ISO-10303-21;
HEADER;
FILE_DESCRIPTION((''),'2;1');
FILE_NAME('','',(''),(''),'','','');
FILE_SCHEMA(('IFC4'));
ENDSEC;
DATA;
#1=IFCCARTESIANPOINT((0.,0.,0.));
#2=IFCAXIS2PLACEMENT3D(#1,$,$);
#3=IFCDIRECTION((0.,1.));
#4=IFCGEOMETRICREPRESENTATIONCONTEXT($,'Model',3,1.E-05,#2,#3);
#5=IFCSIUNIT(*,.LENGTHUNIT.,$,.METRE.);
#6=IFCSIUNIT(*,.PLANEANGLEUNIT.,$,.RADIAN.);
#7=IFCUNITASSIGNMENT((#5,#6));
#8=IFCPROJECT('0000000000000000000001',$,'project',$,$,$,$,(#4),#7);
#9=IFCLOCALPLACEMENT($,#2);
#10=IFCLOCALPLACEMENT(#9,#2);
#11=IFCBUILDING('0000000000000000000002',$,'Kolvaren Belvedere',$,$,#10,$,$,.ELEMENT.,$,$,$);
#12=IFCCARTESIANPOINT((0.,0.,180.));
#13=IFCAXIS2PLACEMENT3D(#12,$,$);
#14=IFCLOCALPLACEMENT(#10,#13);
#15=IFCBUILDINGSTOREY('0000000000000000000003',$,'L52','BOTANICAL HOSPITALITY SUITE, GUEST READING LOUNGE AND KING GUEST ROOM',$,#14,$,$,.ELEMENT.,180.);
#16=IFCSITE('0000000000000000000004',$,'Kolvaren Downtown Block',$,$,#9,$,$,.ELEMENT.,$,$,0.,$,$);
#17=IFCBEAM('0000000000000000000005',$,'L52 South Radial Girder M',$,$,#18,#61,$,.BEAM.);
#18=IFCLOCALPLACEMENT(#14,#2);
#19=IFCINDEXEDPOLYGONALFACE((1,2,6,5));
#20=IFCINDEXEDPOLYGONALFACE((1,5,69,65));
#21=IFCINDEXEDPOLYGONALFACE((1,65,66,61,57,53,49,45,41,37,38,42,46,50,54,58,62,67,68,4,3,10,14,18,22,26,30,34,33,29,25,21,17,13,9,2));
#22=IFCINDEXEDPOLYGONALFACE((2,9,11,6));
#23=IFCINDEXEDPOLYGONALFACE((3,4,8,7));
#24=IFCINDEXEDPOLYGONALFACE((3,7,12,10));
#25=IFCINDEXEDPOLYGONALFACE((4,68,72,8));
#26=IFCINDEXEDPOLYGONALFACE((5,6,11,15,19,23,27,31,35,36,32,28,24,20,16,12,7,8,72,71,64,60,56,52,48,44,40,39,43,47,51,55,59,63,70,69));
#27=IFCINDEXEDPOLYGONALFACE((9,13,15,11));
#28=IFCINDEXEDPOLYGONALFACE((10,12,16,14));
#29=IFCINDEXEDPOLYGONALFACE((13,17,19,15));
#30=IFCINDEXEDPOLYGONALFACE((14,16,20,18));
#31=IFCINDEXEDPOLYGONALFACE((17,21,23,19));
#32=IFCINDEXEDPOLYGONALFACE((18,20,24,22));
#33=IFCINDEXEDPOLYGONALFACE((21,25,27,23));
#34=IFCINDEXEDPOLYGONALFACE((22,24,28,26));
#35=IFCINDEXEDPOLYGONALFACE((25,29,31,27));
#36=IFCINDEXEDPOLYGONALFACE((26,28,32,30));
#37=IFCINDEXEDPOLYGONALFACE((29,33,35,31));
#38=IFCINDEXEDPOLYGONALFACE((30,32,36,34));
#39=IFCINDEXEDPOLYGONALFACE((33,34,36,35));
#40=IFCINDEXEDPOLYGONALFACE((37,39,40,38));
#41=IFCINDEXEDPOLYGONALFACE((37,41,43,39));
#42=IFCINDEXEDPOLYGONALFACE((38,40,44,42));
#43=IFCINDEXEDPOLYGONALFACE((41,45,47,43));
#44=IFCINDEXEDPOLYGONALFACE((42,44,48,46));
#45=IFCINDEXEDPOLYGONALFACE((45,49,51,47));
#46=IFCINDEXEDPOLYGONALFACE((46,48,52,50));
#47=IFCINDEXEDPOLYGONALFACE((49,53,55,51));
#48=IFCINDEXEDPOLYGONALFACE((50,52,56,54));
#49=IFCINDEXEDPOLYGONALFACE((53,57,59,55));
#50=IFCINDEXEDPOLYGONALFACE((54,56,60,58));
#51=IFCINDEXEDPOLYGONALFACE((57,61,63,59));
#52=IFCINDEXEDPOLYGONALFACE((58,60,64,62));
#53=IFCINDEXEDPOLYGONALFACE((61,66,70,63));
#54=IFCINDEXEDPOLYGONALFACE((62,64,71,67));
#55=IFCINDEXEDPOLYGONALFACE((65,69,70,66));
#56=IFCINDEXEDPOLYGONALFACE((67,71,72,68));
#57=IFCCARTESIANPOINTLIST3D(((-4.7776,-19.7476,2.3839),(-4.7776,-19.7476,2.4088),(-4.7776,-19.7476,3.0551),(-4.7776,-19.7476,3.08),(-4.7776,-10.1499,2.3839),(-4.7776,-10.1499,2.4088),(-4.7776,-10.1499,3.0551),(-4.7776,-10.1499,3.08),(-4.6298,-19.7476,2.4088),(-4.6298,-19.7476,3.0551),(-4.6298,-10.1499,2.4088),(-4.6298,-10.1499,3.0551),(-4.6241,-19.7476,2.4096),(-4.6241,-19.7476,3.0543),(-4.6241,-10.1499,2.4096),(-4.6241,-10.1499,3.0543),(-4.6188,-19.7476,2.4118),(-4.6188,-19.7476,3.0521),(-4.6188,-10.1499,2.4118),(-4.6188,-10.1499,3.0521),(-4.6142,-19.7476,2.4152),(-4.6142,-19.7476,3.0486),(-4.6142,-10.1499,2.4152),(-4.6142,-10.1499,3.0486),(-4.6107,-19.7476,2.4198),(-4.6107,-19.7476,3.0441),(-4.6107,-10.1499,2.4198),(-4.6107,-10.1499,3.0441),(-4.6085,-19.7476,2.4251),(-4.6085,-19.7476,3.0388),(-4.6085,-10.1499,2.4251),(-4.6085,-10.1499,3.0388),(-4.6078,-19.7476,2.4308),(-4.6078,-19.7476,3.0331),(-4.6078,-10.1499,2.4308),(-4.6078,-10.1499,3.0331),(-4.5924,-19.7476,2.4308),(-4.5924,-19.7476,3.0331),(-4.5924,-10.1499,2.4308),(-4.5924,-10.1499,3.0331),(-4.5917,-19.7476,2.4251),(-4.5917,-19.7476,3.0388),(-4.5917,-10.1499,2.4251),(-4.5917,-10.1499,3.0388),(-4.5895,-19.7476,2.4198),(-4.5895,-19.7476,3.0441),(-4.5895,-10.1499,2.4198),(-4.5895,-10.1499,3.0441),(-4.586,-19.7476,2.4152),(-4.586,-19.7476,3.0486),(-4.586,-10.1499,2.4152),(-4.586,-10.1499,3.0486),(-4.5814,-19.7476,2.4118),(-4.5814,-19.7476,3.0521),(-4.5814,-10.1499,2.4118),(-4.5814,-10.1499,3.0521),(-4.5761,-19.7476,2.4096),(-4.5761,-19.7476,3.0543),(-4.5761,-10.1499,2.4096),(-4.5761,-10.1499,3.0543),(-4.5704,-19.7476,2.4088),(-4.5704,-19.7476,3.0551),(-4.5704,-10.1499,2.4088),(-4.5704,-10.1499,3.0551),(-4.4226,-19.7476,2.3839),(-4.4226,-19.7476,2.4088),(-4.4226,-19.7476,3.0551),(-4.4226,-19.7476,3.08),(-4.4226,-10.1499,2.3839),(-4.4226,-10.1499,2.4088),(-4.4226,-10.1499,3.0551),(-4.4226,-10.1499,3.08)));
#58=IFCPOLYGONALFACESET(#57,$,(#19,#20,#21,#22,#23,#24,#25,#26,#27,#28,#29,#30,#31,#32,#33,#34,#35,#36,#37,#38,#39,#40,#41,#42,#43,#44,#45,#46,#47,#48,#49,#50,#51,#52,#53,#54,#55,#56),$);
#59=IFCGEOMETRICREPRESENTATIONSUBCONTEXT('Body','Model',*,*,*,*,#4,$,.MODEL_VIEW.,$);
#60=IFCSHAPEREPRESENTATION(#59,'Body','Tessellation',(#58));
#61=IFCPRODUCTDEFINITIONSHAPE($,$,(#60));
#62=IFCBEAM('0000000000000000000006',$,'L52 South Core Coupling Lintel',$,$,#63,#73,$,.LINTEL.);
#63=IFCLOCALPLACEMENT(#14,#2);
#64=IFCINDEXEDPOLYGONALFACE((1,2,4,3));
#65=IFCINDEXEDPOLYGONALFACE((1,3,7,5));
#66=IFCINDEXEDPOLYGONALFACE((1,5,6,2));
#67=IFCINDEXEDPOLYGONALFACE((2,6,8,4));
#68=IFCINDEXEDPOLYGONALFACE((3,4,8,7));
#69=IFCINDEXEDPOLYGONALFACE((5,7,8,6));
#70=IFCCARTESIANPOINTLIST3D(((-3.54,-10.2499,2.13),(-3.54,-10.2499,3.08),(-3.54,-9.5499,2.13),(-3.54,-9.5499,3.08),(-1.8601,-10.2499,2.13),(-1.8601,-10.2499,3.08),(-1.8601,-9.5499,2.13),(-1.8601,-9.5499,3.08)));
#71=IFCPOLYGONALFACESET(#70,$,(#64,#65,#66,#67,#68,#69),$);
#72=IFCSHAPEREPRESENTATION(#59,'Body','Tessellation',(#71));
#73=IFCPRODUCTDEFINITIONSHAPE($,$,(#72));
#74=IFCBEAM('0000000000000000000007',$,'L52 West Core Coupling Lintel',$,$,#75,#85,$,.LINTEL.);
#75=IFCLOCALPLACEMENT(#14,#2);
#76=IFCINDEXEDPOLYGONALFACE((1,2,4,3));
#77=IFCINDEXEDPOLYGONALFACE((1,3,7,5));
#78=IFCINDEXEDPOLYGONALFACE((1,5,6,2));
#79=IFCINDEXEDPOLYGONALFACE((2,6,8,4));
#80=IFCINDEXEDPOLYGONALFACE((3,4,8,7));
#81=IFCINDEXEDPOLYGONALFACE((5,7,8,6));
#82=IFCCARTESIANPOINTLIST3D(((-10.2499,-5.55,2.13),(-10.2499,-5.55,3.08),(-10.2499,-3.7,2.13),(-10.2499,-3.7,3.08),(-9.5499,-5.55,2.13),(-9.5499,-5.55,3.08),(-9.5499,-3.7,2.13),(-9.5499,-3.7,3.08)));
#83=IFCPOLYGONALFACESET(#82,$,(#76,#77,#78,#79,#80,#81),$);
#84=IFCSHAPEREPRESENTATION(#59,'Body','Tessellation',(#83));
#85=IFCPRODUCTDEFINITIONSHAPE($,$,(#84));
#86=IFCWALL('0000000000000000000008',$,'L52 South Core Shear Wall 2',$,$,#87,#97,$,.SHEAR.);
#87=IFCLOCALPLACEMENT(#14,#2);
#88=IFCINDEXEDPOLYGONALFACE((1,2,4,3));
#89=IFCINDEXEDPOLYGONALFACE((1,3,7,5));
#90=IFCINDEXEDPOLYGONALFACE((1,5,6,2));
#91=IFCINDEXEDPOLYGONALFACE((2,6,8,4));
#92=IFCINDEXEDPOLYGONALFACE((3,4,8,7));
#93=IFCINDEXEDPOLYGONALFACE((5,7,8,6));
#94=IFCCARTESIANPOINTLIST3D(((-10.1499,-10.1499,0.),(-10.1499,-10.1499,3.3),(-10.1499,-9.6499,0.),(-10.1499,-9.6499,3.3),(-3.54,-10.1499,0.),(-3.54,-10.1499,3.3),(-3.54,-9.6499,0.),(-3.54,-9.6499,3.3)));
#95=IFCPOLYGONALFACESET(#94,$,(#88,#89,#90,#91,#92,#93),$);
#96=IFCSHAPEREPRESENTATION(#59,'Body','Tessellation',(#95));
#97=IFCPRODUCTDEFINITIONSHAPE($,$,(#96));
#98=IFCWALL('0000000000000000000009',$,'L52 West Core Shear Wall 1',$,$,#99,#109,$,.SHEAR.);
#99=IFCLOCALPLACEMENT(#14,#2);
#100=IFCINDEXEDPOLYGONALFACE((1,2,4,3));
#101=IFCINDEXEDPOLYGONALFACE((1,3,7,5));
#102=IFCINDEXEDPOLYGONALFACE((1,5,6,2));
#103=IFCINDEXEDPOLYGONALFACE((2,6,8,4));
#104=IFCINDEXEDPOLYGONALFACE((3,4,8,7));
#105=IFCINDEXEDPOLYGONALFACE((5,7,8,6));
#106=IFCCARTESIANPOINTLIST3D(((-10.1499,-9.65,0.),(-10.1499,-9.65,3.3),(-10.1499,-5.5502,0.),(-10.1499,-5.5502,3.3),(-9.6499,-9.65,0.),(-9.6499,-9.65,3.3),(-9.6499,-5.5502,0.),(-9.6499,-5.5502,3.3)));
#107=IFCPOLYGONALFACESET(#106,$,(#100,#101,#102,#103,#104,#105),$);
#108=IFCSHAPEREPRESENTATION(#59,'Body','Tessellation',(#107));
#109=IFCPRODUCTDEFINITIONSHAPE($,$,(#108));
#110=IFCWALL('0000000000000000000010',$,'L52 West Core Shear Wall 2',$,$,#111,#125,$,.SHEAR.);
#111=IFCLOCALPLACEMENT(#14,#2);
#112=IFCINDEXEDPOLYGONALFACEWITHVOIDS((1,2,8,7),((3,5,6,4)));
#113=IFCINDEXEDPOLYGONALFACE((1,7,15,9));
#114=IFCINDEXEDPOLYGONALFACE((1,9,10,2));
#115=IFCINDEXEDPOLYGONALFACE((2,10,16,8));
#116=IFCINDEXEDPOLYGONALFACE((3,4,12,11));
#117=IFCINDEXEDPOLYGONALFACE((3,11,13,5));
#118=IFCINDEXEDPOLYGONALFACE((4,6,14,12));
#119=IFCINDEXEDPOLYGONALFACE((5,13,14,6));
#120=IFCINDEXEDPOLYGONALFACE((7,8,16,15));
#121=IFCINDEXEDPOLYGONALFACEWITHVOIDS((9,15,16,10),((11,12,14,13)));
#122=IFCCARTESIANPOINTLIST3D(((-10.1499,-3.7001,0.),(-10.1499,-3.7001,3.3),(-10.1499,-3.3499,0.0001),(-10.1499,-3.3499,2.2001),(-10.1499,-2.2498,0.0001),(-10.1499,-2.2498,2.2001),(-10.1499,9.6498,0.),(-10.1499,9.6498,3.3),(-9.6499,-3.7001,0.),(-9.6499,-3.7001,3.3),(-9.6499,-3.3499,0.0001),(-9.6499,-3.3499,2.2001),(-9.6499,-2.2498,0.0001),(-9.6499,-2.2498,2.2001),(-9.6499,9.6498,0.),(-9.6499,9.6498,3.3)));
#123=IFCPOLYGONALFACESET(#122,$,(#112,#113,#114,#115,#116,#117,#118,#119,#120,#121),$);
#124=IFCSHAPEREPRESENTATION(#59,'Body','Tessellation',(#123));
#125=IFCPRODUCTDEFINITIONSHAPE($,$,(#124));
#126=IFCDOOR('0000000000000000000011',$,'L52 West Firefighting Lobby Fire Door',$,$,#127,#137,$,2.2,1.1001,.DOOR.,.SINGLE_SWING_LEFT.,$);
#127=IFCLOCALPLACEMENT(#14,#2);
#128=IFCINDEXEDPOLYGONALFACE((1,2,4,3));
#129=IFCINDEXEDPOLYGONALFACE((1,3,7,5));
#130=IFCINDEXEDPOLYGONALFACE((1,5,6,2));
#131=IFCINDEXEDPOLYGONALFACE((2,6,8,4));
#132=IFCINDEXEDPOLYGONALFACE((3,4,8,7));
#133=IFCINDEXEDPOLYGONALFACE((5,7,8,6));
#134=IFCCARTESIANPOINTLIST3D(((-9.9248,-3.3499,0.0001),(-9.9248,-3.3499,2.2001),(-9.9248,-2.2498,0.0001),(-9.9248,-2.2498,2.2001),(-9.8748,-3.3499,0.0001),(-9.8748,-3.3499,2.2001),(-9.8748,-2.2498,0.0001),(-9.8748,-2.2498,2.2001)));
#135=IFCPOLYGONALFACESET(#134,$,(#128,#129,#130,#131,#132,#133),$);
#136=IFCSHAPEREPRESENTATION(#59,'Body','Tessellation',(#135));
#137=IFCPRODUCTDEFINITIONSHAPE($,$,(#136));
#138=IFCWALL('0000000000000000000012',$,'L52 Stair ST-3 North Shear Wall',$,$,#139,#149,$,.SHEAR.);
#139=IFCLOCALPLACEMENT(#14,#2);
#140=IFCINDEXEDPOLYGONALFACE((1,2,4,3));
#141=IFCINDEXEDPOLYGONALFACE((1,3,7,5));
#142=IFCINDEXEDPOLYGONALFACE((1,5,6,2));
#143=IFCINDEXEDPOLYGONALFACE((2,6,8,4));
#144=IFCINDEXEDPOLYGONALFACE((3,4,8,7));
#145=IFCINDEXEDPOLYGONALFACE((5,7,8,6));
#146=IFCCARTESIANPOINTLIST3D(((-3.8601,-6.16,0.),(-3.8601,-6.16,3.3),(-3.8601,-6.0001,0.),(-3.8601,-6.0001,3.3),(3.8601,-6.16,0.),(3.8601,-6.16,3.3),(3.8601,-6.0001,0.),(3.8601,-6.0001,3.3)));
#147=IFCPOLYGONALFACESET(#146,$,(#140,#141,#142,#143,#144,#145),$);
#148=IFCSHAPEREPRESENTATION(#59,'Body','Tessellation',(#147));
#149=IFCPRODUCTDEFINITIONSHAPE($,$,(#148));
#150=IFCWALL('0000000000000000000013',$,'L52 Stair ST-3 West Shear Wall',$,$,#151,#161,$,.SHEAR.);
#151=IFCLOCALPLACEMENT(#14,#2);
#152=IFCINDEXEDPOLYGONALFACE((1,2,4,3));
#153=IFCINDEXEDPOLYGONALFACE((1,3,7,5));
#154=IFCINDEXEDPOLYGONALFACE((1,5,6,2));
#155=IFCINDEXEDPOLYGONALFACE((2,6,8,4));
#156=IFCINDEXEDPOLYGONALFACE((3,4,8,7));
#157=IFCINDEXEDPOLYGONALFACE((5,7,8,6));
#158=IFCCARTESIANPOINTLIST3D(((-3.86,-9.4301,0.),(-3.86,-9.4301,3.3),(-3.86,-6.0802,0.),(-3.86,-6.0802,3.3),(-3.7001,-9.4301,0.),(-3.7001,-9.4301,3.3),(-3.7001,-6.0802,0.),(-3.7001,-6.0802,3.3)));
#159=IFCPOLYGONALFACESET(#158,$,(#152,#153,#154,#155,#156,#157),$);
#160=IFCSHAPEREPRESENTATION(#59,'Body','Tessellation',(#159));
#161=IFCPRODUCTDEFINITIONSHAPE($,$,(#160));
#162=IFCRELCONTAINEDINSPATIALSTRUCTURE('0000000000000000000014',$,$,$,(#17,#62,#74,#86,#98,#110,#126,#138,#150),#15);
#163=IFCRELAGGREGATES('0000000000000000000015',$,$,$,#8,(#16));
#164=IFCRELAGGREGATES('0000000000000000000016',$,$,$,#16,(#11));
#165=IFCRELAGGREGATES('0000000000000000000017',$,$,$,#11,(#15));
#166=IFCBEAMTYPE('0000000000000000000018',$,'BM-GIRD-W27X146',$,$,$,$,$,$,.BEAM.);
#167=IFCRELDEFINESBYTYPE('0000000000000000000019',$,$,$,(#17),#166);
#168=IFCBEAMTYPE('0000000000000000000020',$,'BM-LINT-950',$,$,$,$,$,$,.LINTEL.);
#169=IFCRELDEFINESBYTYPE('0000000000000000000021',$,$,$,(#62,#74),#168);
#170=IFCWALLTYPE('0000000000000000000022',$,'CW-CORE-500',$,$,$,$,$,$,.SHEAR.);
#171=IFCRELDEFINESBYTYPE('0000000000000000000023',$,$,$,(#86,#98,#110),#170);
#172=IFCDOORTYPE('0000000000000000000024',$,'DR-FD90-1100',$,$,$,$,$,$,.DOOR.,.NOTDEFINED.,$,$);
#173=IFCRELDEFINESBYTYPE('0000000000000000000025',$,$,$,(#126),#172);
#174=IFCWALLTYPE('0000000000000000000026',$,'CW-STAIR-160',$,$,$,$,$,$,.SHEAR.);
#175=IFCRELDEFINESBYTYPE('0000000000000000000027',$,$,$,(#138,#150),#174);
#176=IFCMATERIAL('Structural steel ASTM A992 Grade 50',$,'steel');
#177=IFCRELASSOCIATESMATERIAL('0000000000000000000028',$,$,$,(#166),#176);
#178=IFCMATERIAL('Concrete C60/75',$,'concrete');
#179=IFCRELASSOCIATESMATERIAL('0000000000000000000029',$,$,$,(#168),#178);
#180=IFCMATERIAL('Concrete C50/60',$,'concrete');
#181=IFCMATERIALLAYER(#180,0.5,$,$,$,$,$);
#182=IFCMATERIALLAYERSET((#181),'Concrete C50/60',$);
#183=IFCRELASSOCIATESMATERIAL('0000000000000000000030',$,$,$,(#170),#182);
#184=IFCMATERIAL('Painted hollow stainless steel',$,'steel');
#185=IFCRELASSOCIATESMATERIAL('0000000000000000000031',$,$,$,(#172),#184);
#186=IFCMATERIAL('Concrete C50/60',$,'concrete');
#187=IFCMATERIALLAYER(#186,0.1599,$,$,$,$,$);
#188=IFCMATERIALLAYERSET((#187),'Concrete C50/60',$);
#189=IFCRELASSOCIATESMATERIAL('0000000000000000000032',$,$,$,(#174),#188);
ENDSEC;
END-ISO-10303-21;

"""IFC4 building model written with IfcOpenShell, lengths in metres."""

from ifc_helpers import new_model, si_unit, direction, frame, frame_2d, origin, origin_2d, place, context, subcontext, project, spatial, rectangle, i_section, extrude, material, layer, layer_set, material_profile, profile_set, type_object, element, fill, save


model = new_model("IFC4")

# Units and contexts
model_context = context("Model", 3, precision=1e-05, world=origin(), true_north=direction((0.0, 1.0)))
body_context = subcontext(model_context, "Body", "Model", "MODEL_VIEW")
ifc_project = project(units=[si_unit("LENGTHUNIT", "METRE"), si_unit("PLANEANGLEUNIT", "RADIAN")], contexts=[model_context])

# Site, building, storey
site_placement = place(None, origin())
site = spatial("IfcSite", under=ifc_project, at=site_placement, Name="Kolvaren Downtown Block", CompositionType="ELEMENT", RefElevation=0.0)
building_placement = place(site_placement, origin())
building = spatial("IfcBuilding", under=site, at=building_placement, Name="Kolvaren Belvedere", CompositionType="ELEMENT")
storey_placement = place(building_placement, frame((0.0, 0.0, 180.0)))
storey = spatial("IfcBuildingStorey", under=building, at=storey_placement, Name="L52", Description="BOTANICAL HOSPITALITY SUITE, GUEST READING LOUNGE AND KING GUEST ROOM", CompositionType="ELEMENT", Elevation=180.0)

# Beams
ifc_material_1 = material(Name="Structural steel ASTM A992 Grade 50", Category="steel")
ifc_material_profile_1 = material_profile(ifc_material_1, i_section(OverallWidth=0.355, OverallDepth=0.696, WebThickness=0.0154, FlangeThickness=0.0249, FilletRadius=0.022, at=origin_2d()), Name="W27X146")
ifc_profile_set_1 = profile_set([ifc_material_profile_1], Name="Structural steel ASTM A992 Grade 50")
beam_type_1 = type_object("IfcBeamType", Name="BM-GIRD-W27X146", PredefinedType="BEAM", material=ifc_profile_set_1)
beam_1_placement = place(storey_placement, frame((-4.6001, -10.1499, 2.7319), z_axis=(0.0, -1.0, 0.0), x_axis=(1.0, 0.0, 0.0)))
element("IfcBeam", 1, at=beam_1_placement, inside=storey, type_object=beam_type_1, Name="L52 South Radial Girder M", PredefinedType="BEAM", context=body_context, shape_type="SweptSolid", body=[
    extrude(i_section(OverallWidth=0.355, OverallDepth=0.696, WebThickness=0.0154, FlangeThickness=0.0249, FilletRadius=0.022, at=origin_2d()), origin(), (0.0, 0.0, 1.0), 9.5977),
])
ifc_material_2 = material(Name="Concrete C60/75", Category="concrete")
ifc_material_profile_2 = material_profile(ifc_material_2, rectangle(XDim=0.7, YDim=0.95, at=origin_2d()), Name="RC 700X950")
ifc_profile_set_2 = profile_set([ifc_material_profile_2], Name="Concrete C60/75")
beam_type_2 = type_object("IfcBeamType", Name="BM-LINT-950", PredefinedType="LINTEL", material=ifc_profile_set_2)
beam_2_placement = place(storey_placement, frame((-3.54, -9.8999, 2.605), z_axis=(1.0, 0.0, 0.0), x_axis=(0.0, 1.0, 0.0)))
element("IfcBeam", 2, at=beam_2_placement, inside=storey, type_object=beam_type_2, Name="L52 South Core Coupling Lintel", PredefinedType="LINTEL", context=body_context, shape_type="SweptSolid", body=[
    extrude(rectangle(XDim=0.7, YDim=0.95, at=origin_2d()), origin(), (0.0, 0.0, 1.0), 1.6799),
])
beam_3_placement = place(storey_placement, frame((-9.8999, -5.55, 2.605), z_axis=(0.0, 1.0, 0.0), x_axis=(-1.0, 0.0, 0.0)))
element("IfcBeam", 3, at=beam_3_placement, inside=storey, type_object=beam_type_2, Name="L52 West Core Coupling Lintel", PredefinedType="LINTEL", context=body_context, shape_type="SweptSolid", body=[
    extrude(rectangle(XDim=0.7, YDim=0.95, at=origin_2d()), origin(), (0.0, 0.0, 1.0), 1.8501),
])

# Walls
ifc_material_3 = material(Name="Concrete C50/60", Category="concrete")
ifc_layer_1 = layer(ifc_material_3, 0.5)
ifc_layer_set_1 = layer_set([ifc_layer_1], Name="Concrete C50/60")
wall_type_1 = type_object("IfcWallType", Name="CW-CORE-500", PredefinedType="SHEAR", material=ifc_layer_set_1)
wall_1_placement = place(storey_placement, frame((-3.54, -9.8999, 0.0), z_axis=(0.0, 0.0, 1.0), x_axis=(-1.0, 0.0, 0.0)))
element("IfcWall", 4, at=wall_1_placement, inside=storey, type_object=wall_type_1, Name="L52 South Core Shear Wall 2", PredefinedType="SHEAR", context=body_context, shape_type="SweptSolid", body=[
    extrude(rectangle(XDim=6.6099, YDim=0.5, at=frame_2d((3.3049, 0.0))), origin(), (0.0, 0.0, 1.0), 3.3),
])
wall_2_placement = place(storey_placement, frame((-9.8999, -9.6499, 0.0), z_axis=(0.0, 0.0, 1.0), x_axis=(0.0, 1.0, 0.0)))
element("IfcWall", 5, at=wall_2_placement, inside=storey, type_object=wall_type_1, Name="L52 West Core Shear Wall 1", PredefinedType="SHEAR", context=body_context, shape_type="SweptSolid", body=[
    extrude(rectangle(XDim=4.0999, YDim=0.5, at=frame_2d((2.0498, 0.0))), origin(), (0.0, 0.0, 1.0), 3.3),
])

# Wall, opening, door
wall_3_placement = place(storey_placement, frame((-9.8999, -3.7, 0.0), z_axis=(0.0, 0.0, 1.0), x_axis=(0.0, 1.0, 0.0)))
wall_3 = element("IfcWall", 6, at=wall_3_placement, inside=storey, type_object=wall_type_1, Name="L52 West Core Shear Wall 2", PredefinedType="SHEAR", context=body_context, shape_type="SweptSolid", body=[
    extrude(rectangle(XDim=13.3499, YDim=0.5, at=frame_2d((6.6748, 0.0))), origin(), (0.0, 0.0, 1.0), 3.3),
])
opening_1_placement = place(wall_3_placement, frame((0.3501, 0.0, 0.0)))
opening_1 = element("IfcOpeningElement", 7, at=opening_1_placement, cuts=wall_3, PredefinedType="OPENING", context=body_context, shape_type="SweptSolid", body=[
    extrude(rectangle(XDim=1.1001, YDim=2.2, at=frame_2d((0.55, 1.1001))), frame((0.0, 0.26, 0.0), z_axis=(0.0, -1.0, 0.0), x_axis=(1.0, 0.0, 0.0)), (0.0, 0.0, 1.0), 0.52),
])
ifc_material_4 = material(Name="Painted hollow stainless steel", Category="steel")
door_type_1 = type_object("IfcDoorType", Name="DR-FD90-1100", OperationType="NOTDEFINED", PredefinedType="DOOR", material=ifc_material_4)
door_1_placement = place(opening_1_placement, origin())
door_1 = element("IfcDoor", 8, at=door_1_placement, inside=storey, type_object=door_type_1, Name="L52 West Firefighting Lobby Fire Door", OperationType="SINGLE_SWING_LEFT", OverallHeight=2.2, OverallWidth=1.1001, PredefinedType="DOOR", context=body_context, shape_type="SweptSolid", body=[
    extrude(rectangle(XDim=1.1001, YDim=2.2, at=frame_2d((0.55, 1.1001))), frame((0.0, 0.0249, 0.0), z_axis=(0.0, -1.0, 0.0), x_axis=(1.0, 0.0, 0.0)), (0.0, 0.0, 1.0), 0.05),
])
fill(opening_1, door_1)

# Walls
ifc_material_5 = material(Name="Concrete C50/60", Category="concrete")
ifc_layer_2 = layer(ifc_material_5, 0.1599)
ifc_layer_set_2 = layer_set([ifc_layer_2], Name="Concrete C50/60")
wall_type_2 = type_object("IfcWallType", Name="CW-STAIR-160", PredefinedType="SHEAR", material=ifc_layer_set_2)
wall_4_placement = place(storey_placement, frame((-3.8601, -6.0801, 0.0), z_axis=(0.0, 0.0, 1.0), x_axis=(1.0, 0.0, 0.0)))
element("IfcWall", 9, at=wall_4_placement, inside=storey, type_object=wall_type_2, Name="L52 Stair ST-3 North Shear Wall", PredefinedType="SHEAR", context=body_context, shape_type="SweptSolid", body=[
    extrude(rectangle(XDim=7.7202, YDim=0.1599, at=frame_2d((3.8601, 0.0))), origin(), (0.0, 0.0, 1.0), 3.3),
])
wall_5_placement = place(storey_placement, frame((-3.78, -9.4299, 0.0), z_axis=(0.0, 0.0, 1.0), x_axis=(0.0, 1.0, 0.0)))
element("IfcWall", 10, at=wall_5_placement, inside=storey, type_object=wall_type_2, Name="L52 Stair ST-3 West Shear Wall", PredefinedType="SHEAR", context=body_context, shape_type="SweptSolid", body=[
    extrude(rectangle(XDim=3.3499, YDim=0.1599, at=frame_2d((1.6748, 0.0))), origin(), (0.0, 0.0, 1.0), 3.3),
])

save(model, "model.ifc")
